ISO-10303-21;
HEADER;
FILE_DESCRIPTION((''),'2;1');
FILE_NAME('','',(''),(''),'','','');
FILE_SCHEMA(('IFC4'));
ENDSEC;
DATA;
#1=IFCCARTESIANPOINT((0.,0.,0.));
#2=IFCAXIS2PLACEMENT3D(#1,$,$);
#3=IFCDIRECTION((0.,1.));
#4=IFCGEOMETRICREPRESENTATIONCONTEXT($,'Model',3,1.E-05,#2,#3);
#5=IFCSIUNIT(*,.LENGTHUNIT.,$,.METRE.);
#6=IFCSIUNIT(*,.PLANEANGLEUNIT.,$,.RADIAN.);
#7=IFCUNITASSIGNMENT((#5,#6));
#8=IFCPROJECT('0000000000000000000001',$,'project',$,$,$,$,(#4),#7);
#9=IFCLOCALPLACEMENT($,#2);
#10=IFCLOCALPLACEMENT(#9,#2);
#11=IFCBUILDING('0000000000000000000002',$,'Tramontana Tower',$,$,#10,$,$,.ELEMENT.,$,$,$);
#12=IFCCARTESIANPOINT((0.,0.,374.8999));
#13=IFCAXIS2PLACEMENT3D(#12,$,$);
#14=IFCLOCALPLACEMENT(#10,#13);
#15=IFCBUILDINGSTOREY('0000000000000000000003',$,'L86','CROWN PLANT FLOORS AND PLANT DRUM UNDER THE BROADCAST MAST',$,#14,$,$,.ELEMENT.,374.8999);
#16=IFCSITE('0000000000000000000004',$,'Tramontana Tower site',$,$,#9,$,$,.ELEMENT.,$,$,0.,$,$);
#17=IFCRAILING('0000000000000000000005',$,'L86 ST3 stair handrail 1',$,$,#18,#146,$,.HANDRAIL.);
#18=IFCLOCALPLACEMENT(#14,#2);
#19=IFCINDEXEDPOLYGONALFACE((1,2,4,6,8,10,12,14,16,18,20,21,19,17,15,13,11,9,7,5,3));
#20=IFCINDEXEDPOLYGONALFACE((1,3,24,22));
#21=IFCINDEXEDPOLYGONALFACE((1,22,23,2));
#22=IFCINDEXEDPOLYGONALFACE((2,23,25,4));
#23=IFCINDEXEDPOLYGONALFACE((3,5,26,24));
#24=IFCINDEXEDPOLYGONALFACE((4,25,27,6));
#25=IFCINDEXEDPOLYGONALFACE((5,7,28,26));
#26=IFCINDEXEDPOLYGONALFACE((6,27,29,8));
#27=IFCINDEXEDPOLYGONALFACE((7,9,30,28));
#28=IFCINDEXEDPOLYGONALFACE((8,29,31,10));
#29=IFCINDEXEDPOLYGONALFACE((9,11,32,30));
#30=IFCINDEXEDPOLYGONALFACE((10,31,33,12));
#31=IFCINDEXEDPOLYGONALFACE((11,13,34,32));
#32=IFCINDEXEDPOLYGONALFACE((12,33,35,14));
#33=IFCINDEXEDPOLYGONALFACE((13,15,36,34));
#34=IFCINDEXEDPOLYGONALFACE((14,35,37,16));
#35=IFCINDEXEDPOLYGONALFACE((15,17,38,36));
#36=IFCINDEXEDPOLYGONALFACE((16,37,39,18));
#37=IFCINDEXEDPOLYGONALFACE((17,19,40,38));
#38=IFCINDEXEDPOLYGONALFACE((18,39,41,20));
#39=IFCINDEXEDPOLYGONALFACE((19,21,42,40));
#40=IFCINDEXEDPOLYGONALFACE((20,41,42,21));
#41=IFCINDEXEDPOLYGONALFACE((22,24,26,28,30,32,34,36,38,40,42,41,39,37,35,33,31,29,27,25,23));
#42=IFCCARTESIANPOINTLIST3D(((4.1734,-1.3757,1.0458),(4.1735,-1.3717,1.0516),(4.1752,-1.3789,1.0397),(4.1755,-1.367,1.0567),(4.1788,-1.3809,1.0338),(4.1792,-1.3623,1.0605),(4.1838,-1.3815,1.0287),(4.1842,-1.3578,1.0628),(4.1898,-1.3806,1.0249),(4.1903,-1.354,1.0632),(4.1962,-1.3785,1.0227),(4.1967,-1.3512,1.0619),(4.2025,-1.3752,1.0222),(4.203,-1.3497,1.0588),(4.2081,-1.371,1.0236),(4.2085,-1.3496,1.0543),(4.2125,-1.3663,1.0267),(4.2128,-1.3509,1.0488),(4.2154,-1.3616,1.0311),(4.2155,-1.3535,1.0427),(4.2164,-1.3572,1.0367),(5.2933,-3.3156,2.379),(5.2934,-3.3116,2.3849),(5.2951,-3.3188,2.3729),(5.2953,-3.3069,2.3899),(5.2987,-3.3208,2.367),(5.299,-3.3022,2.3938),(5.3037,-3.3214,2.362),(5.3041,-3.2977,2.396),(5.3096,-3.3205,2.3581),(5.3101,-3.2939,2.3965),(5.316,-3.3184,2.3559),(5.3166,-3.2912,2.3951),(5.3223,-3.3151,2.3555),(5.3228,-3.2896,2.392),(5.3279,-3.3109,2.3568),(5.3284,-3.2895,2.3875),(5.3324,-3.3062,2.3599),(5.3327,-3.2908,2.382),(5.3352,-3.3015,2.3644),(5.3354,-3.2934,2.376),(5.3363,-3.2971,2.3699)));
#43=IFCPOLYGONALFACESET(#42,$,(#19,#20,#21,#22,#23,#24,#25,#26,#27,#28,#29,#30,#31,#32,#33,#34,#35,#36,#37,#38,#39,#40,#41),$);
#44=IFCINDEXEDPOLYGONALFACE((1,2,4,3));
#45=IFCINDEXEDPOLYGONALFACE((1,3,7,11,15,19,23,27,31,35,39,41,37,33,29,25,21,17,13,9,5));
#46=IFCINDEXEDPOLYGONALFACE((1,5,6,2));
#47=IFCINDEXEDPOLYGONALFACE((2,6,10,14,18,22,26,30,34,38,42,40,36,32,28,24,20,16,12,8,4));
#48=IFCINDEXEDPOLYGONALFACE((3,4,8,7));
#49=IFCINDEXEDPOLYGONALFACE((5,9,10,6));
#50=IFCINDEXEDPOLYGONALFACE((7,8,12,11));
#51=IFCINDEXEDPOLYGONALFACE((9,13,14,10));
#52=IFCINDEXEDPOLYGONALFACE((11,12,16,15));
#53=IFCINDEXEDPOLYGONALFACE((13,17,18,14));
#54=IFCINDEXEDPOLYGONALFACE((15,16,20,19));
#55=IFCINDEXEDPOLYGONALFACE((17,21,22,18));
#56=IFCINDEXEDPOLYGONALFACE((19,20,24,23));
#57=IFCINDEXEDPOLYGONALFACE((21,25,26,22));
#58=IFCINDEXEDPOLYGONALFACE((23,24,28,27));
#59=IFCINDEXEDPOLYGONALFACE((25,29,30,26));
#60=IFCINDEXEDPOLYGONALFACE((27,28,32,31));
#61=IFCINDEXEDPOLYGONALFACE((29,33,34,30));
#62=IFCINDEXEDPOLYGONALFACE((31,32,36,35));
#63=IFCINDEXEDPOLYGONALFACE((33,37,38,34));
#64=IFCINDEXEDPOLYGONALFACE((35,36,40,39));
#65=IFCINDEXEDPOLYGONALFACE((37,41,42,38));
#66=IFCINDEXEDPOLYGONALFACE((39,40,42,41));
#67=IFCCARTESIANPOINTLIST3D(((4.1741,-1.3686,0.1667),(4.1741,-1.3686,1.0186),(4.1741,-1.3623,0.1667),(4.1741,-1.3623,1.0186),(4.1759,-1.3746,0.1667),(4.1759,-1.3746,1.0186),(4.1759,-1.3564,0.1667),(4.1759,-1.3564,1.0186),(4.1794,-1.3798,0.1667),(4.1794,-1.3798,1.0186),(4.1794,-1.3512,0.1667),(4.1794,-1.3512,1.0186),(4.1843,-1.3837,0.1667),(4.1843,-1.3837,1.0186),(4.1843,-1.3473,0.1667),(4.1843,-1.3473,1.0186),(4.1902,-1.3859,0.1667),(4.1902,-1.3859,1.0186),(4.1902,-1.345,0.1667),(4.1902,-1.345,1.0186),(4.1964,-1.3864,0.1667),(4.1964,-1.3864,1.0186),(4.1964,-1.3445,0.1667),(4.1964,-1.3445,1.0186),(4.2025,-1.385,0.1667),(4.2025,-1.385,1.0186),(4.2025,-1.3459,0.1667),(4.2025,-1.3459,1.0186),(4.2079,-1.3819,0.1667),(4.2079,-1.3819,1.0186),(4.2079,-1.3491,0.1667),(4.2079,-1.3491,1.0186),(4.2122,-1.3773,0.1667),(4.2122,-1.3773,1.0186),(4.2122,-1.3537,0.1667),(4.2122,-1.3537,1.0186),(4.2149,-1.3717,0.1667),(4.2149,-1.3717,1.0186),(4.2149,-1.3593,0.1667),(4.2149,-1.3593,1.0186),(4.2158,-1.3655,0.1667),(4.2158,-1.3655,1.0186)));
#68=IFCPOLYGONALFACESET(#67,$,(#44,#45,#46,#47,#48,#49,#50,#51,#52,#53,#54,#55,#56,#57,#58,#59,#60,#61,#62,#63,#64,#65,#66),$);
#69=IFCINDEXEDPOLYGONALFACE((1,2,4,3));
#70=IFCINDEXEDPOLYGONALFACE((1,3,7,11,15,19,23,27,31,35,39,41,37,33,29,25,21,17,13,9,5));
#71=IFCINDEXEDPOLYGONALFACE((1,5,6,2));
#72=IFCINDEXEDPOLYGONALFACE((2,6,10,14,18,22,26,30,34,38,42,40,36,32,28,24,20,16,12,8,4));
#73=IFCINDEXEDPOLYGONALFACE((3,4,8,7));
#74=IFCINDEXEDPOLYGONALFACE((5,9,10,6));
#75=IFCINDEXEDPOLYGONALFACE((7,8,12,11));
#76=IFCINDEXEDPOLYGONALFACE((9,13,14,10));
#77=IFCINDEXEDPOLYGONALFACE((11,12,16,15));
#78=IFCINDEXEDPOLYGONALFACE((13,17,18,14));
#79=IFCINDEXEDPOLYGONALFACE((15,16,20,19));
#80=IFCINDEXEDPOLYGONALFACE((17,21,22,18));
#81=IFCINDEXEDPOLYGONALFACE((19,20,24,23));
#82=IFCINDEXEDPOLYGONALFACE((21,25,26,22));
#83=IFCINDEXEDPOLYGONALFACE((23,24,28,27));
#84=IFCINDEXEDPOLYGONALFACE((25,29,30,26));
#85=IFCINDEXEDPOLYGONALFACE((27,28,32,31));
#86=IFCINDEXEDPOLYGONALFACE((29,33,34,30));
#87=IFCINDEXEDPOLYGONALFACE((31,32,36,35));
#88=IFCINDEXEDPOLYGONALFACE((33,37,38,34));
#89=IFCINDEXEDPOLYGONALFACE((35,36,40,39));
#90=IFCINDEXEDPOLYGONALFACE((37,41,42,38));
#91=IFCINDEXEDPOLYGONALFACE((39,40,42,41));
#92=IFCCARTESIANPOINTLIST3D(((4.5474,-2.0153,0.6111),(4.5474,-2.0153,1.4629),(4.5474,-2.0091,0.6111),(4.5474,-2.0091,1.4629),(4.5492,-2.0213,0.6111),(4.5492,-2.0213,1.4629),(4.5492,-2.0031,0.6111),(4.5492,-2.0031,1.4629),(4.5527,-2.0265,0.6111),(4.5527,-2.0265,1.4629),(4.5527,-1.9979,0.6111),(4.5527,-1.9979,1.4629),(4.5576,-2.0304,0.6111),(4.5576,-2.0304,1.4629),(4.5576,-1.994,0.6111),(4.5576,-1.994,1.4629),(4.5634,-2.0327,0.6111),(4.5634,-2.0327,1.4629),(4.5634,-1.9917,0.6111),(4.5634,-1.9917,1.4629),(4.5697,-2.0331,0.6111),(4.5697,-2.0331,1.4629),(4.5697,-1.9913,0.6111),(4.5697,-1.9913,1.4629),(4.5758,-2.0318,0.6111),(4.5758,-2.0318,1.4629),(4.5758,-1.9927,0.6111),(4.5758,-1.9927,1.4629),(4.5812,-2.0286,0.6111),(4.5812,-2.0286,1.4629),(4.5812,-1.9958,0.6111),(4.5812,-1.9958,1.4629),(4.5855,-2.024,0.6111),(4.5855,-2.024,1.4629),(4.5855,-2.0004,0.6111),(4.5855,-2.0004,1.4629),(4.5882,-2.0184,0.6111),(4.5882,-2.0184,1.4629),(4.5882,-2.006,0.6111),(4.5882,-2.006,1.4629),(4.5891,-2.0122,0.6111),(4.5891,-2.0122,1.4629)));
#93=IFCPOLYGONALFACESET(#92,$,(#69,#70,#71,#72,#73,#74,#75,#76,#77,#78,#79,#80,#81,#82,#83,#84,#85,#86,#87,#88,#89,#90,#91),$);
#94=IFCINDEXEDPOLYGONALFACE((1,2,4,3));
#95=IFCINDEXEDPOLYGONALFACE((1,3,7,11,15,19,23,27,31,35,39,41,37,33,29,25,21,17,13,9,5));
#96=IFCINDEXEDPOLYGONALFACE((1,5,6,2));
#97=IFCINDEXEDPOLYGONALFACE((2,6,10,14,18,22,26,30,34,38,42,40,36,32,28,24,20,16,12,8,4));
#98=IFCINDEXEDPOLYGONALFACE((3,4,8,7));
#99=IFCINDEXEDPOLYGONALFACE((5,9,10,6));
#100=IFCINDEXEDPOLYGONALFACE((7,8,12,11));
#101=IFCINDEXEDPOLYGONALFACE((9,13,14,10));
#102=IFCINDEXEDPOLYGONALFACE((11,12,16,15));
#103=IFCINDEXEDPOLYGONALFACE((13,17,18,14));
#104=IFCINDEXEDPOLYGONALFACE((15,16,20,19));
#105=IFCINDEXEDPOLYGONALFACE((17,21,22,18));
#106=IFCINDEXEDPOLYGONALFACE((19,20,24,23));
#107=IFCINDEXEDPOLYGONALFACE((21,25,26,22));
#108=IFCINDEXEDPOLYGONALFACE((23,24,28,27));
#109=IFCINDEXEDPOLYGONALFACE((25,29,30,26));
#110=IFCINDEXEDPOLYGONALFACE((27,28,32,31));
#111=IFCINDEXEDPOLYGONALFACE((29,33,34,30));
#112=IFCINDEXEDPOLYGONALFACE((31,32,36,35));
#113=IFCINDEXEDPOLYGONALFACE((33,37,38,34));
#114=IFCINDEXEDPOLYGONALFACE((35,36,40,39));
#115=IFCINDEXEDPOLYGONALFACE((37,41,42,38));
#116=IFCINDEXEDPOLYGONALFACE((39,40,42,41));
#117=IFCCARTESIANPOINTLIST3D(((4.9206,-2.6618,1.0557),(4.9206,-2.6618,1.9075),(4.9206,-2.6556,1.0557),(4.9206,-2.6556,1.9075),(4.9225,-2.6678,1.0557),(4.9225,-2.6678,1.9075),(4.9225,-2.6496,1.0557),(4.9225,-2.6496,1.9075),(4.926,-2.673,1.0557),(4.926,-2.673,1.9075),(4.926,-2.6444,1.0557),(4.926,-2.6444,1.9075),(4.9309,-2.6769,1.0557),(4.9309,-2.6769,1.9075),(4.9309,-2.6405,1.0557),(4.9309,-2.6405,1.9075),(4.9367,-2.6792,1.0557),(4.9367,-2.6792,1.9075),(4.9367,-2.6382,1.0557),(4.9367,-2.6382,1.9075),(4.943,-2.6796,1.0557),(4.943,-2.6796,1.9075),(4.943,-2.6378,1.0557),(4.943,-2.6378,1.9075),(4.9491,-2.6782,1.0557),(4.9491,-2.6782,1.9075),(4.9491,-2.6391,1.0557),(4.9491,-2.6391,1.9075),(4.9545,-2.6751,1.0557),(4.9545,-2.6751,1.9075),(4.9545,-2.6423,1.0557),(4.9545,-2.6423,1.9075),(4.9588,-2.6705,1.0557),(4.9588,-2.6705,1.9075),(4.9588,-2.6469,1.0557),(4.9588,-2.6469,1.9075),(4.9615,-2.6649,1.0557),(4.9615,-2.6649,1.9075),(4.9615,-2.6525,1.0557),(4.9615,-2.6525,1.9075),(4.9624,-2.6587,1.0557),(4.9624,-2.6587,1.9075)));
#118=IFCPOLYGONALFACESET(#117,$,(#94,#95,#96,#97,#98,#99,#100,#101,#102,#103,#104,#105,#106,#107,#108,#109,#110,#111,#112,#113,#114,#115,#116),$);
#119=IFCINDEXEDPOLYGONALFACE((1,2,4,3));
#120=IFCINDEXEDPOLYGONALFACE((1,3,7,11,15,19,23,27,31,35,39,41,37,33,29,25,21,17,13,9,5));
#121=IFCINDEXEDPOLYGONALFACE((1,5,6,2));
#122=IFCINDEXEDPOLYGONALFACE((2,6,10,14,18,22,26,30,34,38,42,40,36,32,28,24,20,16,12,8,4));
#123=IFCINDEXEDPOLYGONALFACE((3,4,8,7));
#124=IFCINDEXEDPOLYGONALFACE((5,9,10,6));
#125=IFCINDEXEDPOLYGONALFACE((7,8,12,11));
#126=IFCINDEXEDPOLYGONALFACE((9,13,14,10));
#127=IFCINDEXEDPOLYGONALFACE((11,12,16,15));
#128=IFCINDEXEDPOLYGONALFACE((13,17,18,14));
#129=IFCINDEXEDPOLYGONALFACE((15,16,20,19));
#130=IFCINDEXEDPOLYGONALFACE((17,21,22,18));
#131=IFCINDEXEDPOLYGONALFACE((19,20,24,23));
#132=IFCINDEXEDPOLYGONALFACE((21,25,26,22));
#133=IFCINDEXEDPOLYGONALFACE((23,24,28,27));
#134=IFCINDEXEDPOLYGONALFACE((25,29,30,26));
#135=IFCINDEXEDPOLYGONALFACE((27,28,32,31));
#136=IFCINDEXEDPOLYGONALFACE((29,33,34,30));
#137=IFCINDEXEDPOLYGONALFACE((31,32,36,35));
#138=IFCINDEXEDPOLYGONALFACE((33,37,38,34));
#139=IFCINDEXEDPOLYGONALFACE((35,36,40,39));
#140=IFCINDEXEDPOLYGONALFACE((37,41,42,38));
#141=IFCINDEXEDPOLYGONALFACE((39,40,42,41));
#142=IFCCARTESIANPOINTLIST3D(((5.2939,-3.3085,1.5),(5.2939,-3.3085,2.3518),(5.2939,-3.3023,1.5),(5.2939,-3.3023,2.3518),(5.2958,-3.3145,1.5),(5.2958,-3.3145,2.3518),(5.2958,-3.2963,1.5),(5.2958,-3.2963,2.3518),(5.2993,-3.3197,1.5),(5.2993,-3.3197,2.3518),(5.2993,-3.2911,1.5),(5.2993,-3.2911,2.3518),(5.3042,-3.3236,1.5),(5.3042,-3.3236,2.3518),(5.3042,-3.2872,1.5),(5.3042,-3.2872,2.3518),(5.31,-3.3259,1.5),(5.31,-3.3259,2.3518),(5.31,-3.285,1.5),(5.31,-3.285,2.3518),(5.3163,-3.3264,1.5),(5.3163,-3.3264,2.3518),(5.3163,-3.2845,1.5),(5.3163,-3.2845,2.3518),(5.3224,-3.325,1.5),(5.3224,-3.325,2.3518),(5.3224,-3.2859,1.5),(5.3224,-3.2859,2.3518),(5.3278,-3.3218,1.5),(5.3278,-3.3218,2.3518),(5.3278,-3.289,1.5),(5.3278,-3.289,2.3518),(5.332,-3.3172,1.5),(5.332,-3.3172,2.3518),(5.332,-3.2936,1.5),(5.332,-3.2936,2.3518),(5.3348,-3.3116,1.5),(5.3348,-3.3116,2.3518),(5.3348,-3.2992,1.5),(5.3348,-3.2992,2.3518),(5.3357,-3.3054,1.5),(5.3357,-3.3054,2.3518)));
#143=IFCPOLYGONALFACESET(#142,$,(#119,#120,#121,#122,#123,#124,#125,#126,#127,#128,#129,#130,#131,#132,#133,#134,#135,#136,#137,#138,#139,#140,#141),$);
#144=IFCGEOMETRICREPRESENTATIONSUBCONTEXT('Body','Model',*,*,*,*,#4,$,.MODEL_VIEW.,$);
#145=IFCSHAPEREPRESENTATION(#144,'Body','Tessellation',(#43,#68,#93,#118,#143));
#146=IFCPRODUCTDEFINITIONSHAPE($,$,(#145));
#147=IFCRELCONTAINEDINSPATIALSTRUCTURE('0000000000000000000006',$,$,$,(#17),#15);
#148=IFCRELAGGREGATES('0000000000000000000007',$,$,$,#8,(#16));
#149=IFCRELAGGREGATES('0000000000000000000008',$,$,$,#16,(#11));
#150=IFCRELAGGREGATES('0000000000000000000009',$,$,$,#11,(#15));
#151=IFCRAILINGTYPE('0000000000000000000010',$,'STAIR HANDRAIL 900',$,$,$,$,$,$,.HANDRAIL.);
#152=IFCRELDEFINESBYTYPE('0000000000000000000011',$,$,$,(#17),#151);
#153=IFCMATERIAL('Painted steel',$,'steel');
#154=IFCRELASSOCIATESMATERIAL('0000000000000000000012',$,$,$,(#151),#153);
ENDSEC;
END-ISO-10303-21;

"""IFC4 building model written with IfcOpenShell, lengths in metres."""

from ifc_helpers import new_model, si_unit, direction, frame, origin, origin_2d, place, context, subcontext, project, spatial, circle, extrude, material, type_object, element, save


model = new_model("IFC4")

# Units and contexts
model_context = context("Model", 3, precision=1e-05, world=origin(), true_north=direction((0.0, 1.0)))
body_context = subcontext(model_context, "Body", "Model", "MODEL_VIEW")
ifc_project = project(units=[si_unit("LENGTHUNIT", "METRE"), si_unit("PLANEANGLEUNIT", "RADIAN")], contexts=[model_context])

# Site, building, storey
site_placement = place(None, origin())
site = spatial("IfcSite", under=ifc_project, at=site_placement, Name="Tramontana Tower site", CompositionType="ELEMENT", RefElevation=0.0)
building_placement = place(site_placement, origin())
building = spatial("IfcBuilding", under=site, at=building_placement, Name="Tramontana Tower", CompositionType="ELEMENT")
storey_placement = place(building_placement, frame((0.0, 0.0, 374.8999)))
storey = spatial("IfcBuildingStorey", under=building, at=storey_placement, Name="L86", Description="CROWN PLANT FLOORS AND PLANT DRUM UNDER THE BROADCAST MAST", CompositionType="ELEMENT", Elevation=374.8999)

# Railing
ifc_material_1 = material(Name="Painted steel", Category="steel")
railing_type_1 = type_object("IfcRailingType", Name="STAIR HANDRAIL 900", PredefinedType="HANDRAIL", material=ifc_material_1)
railing_1_placement = place(storey_placement, frame((4.1948, -1.3655, 0.1667)))
element("IfcRailing", 1, at=railing_1_placement, inside=storey, type_object=railing_type_1, Name="L86 ST3 stair handrail 1", PredefinedType="HANDRAIL", context=body_context, shape_type="SweptSolid", body=[
    extrude(circle(Radius=0.0239, at=origin_2d()), frame((0.0, 0.0, 0.876), z_axis=(0.429608, -0.744205, 0.511465), x_axis=(0.866055, 0.499949, 0.0)), (0.0, 0.0, 1.0), 2.6067),
    extrude(circle(Radius=0.021, at=origin_2d()), origin(), (0.0, 0.0, 1.0), 0.8518),
    extrude(circle(Radius=0.021, at=origin_2d()), frame((0.3733, -0.6467, 0.4443)), (0.0, 0.0, 1.0), 0.8518),
    extrude(circle(Radius=0.021, at=origin_2d()), frame((0.7466, -1.2932, 0.8889)), (0.0, 0.0, 1.0), 0.8518),
    extrude(circle(Radius=0.021, at=origin_2d()), frame((1.1199, -1.9399, 1.3333)), (0.0, 0.0, 1.0), 0.8518),
])

save(model, "model.ifc")
